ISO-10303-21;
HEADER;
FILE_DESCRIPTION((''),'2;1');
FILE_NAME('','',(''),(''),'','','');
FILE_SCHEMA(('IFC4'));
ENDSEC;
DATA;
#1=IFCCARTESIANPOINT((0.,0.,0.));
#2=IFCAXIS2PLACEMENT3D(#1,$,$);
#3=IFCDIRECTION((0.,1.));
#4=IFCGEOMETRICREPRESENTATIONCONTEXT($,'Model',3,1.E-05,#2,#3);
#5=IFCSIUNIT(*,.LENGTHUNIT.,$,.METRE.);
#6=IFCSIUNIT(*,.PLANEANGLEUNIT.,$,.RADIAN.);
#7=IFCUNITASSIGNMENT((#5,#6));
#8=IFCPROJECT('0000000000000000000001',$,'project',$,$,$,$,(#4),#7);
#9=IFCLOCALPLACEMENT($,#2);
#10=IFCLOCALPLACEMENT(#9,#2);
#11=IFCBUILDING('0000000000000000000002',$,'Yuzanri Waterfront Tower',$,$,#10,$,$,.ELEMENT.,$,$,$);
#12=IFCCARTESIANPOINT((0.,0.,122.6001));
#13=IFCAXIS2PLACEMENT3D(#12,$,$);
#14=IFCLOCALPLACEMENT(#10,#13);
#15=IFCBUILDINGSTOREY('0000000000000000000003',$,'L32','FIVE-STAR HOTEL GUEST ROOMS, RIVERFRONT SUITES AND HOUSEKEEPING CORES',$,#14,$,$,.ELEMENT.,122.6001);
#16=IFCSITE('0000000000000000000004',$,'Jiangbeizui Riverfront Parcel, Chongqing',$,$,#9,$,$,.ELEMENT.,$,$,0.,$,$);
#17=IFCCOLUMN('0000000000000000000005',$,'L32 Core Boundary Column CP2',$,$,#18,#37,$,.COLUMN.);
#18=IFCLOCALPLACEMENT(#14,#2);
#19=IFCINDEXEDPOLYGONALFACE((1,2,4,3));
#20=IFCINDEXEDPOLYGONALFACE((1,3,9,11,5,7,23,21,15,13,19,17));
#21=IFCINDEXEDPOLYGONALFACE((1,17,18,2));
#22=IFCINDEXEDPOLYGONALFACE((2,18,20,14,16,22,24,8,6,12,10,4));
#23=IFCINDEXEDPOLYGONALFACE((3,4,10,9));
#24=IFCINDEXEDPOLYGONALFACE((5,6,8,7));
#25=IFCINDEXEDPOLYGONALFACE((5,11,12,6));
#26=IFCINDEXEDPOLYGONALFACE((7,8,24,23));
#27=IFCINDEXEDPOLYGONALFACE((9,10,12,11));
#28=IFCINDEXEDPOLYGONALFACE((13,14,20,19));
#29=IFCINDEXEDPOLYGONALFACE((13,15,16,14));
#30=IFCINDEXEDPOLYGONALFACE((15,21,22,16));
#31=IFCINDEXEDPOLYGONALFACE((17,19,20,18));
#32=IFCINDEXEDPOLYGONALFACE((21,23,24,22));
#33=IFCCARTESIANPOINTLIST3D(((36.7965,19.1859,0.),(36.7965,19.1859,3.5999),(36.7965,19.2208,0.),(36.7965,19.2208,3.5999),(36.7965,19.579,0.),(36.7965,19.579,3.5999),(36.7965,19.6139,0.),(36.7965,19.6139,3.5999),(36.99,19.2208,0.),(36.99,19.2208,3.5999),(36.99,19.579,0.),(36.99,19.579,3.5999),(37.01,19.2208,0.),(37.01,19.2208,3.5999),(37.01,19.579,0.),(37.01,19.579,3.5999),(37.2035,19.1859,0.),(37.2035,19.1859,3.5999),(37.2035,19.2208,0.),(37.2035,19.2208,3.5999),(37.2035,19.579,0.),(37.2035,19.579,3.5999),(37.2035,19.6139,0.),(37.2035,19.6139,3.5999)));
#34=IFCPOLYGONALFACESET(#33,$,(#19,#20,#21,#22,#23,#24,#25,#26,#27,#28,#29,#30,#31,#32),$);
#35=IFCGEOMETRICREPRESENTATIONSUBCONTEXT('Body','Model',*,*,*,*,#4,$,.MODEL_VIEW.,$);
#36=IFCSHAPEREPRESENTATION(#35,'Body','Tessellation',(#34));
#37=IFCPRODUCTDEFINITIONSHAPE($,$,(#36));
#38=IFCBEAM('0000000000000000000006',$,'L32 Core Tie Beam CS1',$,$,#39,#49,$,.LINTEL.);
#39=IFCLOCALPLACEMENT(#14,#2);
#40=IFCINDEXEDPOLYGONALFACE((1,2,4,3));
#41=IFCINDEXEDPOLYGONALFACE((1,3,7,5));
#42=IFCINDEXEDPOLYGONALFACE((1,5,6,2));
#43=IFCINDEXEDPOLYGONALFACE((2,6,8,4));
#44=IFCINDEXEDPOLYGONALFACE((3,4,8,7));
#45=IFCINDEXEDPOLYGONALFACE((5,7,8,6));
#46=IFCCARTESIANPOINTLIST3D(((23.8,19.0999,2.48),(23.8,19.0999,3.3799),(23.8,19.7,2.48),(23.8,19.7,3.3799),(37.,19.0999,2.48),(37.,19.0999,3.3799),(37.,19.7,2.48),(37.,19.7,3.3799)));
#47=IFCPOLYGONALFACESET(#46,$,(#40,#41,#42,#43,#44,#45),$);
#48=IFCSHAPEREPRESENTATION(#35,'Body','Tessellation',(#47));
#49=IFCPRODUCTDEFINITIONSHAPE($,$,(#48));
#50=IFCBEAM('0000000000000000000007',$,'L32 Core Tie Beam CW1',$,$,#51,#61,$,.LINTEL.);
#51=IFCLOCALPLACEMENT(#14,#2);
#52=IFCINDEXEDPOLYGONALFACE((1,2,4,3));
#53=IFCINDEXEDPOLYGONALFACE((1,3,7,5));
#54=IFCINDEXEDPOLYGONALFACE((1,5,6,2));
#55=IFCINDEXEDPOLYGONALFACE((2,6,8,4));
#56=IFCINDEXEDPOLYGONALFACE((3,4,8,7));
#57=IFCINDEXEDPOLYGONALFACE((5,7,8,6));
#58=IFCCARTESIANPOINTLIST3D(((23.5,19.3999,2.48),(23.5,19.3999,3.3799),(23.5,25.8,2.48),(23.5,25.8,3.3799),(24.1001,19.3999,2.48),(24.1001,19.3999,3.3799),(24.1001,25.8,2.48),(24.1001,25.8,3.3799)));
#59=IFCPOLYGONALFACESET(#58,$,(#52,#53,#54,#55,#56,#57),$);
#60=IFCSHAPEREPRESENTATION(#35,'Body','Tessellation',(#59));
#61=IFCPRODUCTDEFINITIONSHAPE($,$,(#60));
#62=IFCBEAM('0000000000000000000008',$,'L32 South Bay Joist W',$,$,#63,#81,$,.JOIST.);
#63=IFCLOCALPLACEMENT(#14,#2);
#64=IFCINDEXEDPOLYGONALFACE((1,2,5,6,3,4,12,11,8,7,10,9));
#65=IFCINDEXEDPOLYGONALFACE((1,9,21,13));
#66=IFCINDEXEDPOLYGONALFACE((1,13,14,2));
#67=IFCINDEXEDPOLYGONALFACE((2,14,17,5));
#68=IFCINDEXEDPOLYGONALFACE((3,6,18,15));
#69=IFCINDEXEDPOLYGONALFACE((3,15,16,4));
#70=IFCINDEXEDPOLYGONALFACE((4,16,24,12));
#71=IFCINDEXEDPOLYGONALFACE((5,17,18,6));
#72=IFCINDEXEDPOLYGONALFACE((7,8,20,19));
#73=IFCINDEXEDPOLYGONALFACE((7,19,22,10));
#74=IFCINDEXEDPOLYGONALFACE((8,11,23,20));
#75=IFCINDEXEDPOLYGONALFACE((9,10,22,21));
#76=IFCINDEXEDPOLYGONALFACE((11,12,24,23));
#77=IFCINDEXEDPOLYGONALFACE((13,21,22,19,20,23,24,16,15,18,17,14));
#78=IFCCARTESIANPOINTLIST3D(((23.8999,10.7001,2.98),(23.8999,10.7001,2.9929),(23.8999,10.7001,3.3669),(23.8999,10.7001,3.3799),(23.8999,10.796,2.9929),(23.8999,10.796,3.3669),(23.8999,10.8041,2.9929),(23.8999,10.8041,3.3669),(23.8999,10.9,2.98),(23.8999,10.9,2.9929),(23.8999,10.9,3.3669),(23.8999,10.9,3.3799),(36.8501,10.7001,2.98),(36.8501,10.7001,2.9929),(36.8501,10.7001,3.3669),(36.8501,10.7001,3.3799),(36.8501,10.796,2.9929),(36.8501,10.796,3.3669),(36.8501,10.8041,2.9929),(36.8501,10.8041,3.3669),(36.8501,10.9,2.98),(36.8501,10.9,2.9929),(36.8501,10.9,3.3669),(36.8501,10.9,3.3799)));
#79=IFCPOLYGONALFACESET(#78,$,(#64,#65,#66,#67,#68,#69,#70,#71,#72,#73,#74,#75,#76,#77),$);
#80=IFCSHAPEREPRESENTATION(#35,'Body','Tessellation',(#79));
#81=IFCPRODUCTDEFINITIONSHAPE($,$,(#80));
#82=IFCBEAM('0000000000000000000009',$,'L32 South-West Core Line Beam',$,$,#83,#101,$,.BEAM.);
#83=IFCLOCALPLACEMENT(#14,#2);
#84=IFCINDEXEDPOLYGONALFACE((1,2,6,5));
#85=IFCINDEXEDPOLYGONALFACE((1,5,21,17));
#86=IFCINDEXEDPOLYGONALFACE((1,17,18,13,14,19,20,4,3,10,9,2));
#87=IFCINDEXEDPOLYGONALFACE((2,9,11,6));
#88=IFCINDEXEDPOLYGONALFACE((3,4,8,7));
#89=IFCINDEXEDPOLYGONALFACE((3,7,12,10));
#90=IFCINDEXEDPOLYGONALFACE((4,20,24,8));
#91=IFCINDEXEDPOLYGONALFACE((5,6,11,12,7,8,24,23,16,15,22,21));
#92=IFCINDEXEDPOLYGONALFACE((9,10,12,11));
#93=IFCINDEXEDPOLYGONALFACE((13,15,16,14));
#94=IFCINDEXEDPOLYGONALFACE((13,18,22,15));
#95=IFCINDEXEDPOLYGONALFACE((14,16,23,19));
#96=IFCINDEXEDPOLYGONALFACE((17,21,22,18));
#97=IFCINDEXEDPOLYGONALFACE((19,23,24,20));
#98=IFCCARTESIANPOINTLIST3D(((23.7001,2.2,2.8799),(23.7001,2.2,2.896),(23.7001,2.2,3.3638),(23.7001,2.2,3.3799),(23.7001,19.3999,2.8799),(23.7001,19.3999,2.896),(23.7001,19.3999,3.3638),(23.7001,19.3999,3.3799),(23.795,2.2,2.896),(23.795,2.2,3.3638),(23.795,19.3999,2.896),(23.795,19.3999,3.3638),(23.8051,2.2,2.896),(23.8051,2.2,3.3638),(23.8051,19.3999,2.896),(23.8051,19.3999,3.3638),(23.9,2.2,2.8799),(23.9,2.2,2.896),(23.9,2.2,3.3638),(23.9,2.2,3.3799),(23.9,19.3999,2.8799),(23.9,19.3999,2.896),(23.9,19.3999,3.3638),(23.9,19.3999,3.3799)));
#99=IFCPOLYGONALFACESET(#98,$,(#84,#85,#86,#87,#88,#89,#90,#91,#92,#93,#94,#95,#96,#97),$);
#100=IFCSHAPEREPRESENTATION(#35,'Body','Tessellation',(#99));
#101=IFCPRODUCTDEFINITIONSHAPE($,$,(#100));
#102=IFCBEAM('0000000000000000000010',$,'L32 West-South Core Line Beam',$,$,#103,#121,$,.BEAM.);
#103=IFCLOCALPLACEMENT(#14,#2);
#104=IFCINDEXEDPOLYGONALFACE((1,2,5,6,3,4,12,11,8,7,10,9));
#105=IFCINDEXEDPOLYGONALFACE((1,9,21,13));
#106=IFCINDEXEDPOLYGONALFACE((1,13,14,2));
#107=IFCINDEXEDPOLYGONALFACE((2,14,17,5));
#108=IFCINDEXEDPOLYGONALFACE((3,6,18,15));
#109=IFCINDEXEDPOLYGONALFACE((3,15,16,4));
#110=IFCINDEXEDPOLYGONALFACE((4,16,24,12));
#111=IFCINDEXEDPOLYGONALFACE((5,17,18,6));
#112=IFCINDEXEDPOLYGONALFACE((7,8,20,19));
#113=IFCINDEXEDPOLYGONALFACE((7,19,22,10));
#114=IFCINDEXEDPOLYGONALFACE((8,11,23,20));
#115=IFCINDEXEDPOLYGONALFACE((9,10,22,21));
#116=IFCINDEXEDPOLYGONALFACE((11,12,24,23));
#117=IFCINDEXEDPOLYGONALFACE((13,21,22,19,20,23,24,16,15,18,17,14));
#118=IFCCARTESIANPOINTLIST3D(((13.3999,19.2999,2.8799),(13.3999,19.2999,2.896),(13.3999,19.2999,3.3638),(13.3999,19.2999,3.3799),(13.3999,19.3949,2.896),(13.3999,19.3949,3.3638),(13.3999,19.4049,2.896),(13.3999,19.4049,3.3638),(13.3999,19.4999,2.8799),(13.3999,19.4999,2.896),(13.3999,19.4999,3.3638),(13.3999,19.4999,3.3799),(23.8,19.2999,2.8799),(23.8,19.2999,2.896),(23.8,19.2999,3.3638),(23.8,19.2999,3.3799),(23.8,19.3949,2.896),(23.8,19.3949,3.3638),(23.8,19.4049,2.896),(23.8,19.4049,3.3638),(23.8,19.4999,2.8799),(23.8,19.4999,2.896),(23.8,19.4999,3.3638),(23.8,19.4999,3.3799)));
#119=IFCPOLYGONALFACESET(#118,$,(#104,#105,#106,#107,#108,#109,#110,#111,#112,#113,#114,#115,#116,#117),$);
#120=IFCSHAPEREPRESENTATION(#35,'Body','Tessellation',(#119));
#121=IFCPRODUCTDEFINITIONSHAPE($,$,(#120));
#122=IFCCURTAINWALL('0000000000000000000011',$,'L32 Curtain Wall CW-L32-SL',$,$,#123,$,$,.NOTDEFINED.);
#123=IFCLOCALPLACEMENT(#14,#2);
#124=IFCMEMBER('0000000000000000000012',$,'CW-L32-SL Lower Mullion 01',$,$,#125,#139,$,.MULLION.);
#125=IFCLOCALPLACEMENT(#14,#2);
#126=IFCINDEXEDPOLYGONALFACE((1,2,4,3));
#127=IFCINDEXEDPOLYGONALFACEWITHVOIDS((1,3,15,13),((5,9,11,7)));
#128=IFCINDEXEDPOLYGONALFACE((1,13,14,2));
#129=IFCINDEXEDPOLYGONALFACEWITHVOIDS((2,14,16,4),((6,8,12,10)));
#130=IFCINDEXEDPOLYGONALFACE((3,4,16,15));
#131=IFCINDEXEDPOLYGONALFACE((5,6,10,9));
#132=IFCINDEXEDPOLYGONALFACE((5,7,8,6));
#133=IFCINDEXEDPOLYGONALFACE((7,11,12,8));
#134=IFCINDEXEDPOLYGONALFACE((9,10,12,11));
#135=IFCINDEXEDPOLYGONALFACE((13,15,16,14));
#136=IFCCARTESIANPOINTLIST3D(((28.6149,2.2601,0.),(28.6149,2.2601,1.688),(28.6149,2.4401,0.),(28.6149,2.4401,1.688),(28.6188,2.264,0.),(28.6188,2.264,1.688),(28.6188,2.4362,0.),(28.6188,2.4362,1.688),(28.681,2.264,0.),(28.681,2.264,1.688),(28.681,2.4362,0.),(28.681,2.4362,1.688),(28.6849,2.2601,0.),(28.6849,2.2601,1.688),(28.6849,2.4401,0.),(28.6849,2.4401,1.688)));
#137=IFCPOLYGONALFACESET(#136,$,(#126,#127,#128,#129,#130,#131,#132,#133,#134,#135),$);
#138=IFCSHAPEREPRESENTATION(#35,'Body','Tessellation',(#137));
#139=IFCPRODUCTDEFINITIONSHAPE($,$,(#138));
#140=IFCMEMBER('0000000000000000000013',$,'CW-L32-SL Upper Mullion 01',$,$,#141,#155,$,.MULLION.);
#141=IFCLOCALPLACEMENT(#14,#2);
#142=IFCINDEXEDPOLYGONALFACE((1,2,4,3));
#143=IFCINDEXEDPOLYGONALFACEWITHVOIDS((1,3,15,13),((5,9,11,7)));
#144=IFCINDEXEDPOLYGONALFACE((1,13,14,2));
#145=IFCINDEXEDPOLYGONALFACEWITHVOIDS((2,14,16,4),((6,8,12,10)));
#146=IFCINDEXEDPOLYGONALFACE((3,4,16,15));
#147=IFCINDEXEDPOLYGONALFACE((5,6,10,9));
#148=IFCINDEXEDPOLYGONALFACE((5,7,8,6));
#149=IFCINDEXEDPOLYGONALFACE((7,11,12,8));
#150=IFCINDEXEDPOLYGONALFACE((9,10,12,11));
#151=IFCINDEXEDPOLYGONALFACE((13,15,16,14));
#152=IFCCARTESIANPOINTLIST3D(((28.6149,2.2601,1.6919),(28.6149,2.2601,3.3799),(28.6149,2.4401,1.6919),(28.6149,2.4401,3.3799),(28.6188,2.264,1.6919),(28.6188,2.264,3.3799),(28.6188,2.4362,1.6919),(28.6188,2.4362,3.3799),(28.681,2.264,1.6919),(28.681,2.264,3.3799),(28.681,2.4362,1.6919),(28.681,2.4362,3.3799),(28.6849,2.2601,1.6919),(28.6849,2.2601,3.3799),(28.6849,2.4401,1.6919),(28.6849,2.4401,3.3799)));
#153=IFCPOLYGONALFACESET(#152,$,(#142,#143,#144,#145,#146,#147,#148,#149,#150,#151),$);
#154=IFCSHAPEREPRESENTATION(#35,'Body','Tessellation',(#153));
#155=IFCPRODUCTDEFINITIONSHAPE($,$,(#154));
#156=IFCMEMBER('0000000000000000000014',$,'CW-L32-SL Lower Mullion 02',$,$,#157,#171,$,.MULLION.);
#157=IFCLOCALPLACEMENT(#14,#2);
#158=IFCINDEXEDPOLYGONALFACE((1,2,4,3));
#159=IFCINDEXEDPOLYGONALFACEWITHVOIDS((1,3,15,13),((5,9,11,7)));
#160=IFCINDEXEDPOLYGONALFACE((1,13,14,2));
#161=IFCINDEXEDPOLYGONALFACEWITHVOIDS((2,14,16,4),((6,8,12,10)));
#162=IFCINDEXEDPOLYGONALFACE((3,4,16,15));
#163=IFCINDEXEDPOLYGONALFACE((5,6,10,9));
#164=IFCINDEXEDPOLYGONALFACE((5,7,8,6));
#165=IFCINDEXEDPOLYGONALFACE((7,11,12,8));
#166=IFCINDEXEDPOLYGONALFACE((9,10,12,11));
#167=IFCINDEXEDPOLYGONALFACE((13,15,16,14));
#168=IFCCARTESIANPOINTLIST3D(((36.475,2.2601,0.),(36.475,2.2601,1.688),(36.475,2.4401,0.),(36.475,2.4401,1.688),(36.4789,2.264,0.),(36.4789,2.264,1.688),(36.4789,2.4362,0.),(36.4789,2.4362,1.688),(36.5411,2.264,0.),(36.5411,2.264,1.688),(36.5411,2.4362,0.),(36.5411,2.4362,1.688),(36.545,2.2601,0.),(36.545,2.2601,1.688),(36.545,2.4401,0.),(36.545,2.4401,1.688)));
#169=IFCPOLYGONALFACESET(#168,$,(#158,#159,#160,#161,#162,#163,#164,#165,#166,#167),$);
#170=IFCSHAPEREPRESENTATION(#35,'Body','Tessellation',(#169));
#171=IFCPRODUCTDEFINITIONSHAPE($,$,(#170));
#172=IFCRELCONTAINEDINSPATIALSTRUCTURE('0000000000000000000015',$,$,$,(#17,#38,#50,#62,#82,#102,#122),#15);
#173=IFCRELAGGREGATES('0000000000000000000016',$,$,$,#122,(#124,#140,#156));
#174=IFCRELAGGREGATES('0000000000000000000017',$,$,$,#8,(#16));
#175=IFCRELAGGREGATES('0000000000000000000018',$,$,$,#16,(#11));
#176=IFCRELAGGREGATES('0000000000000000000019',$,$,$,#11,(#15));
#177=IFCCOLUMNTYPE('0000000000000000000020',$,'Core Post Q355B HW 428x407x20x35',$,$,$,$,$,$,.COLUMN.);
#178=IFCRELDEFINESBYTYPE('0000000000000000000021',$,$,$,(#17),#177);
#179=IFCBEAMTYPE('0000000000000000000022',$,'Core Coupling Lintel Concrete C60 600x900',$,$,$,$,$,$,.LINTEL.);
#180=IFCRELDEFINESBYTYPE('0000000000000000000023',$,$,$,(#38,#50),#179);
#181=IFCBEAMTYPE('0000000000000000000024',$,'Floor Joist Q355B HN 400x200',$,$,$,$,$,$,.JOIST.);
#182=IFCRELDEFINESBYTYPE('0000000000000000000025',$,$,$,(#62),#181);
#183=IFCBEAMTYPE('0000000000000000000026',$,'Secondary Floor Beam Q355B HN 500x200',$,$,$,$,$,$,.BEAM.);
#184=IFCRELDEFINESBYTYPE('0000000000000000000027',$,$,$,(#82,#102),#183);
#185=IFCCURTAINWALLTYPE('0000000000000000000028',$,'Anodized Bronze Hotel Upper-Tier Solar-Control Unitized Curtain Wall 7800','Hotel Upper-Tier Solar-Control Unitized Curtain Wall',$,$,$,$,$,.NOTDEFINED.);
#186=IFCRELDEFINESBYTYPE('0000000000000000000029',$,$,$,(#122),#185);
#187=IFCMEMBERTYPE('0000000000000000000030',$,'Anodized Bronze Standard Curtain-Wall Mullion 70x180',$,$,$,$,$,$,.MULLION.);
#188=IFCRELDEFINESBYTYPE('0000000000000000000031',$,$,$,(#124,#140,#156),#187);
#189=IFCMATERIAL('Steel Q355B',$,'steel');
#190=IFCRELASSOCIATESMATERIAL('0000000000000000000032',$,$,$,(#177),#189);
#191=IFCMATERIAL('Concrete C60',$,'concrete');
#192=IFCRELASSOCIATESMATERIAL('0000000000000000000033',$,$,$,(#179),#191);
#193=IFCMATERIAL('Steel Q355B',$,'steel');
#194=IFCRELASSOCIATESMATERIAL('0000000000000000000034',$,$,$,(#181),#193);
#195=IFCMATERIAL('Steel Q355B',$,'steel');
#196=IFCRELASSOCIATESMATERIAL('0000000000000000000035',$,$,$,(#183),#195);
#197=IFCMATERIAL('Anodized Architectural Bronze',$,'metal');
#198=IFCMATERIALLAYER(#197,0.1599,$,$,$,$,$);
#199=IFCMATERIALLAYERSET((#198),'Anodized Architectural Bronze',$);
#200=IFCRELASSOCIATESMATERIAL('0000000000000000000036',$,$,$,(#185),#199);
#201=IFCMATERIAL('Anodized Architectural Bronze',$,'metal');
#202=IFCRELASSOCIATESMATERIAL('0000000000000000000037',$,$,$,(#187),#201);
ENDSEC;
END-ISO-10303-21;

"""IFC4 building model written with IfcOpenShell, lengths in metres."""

from ifc_helpers import new_model, si_unit, direction, frame, origin, origin_2d, place, context, subcontext, project, spatial, rectangle, hollow_rectangle, i_section, extrude, source, transform, mapped, material, layer, layer_set, material_profile, profile_set, type_object, element, aggregate, save


model = new_model("IFC4")

# Units and contexts
model_context = context("Model", 3, precision=1e-05, world=origin(), true_north=direction((0.0, 1.0)))
body_context = subcontext(model_context, "Body", "Model", "MODEL_VIEW")
ifc_project = project(units=[si_unit("LENGTHUNIT", "METRE"), si_unit("PLANEANGLEUNIT", "RADIAN")], contexts=[model_context])

# Site, building, storey
site_placement = place(None, origin())
site = spatial("IfcSite", under=ifc_project, at=site_placement, Name="Jiangbeizui Riverfront Parcel, Chongqing", CompositionType="ELEMENT", RefElevation=0.0)
building_placement = place(site_placement, origin())
building = spatial("IfcBuilding", under=site, at=building_placement, Name="Yuzanri Waterfront Tower", CompositionType="ELEMENT")
storey_placement = place(building_placement, frame((0.0, 0.0, 122.6001)))
storey = spatial("IfcBuildingStorey", under=building, at=storey_placement, Name="L32", Description="FIVE-STAR HOTEL GUEST ROOMS, RIVERFRONT SUITES AND HOUSEKEEPING CORES", CompositionType="ELEMENT", Elevation=122.6001)

# Column
ifc_material_1 = material(Name="Steel Q355B", Category="steel")
ifc_material_profile_1 = material_profile(ifc_material_1, i_section(OverallWidth=0.407, OverallDepth=0.428, WebThickness=0.02, FlangeThickness=0.0349, at=origin_2d()), Name="HW 428x407x20x35")
ifc_profile_set_1 = profile_set([ifc_material_profile_1], Name="Steel Q355B")
column_type = type_object("IfcColumnType", Name="Core Post Q355B HW 428x407x20x35", PredefinedType="COLUMN", material=ifc_profile_set_1)
shared_shape_1 = source(origin(), body_context, "Body", "SweptSolid", [
    extrude(i_section(OverallWidth=0.407, OverallDepth=0.428, WebThickness=0.02, FlangeThickness=0.0349, at=origin_2d()), origin(), (0.0, 0.0, 1.0), 3.5999),
])
column_placement = place(storey_placement, frame((37.0, 19.3999, 0.0), z_axis=(0.0, 0.0, 1.0), x_axis=(1.0, 0.0, 0.0)))
element("IfcColumn", 1, at=column_placement, inside=storey, type_object=column_type, Name="L32 Core Boundary Column CP2", PredefinedType="COLUMN", context=body_context, shape_type="MappedRepresentation", body=[
    mapped(shared_shape_1, transform((0.0, 0.0, 0.0), scale=1.0)),
])

# Beams
ifc_material_2 = material(Name="Concrete C60", Category="concrete")
ifc_material_profile_2 = material_profile(ifc_material_2, rectangle(XDim=0.6001, YDim=0.8999, at=origin_2d()), Name="RC 600x900")
ifc_profile_set_2 = profile_set([ifc_material_profile_2], Name="Concrete C60")
beam_type_1 = type_object("IfcBeamType", Name="Core Coupling Lintel Concrete C60 600x900", PredefinedType="LINTEL", material=ifc_profile_set_2)
shared_shape_2 = source(origin(), body_context, "Body", "SweptSolid", [
    extrude(rectangle(XDim=0.6001, YDim=0.8999, at=origin_2d()), origin(), (0.0, 0.0, 1.0), 13.2),
])
beam_1_placement = place(storey_placement, frame((23.8, 19.3999, 2.9299), z_axis=(1.0, 0.0, 0.0), x_axis=(0.0, 1.0, 0.0)))
element("IfcBeam", 2, at=beam_1_placement, inside=storey, type_object=beam_type_1, Name="L32 Core Tie Beam CS1", PredefinedType="LINTEL", context=body_context, shape_type="MappedRepresentation", body=[
    mapped(shared_shape_2, transform((0.0, 0.0, 0.0), scale=1.0)),
])
shared_shape_3 = source(origin(), body_context, "Body", "SweptSolid", [
    extrude(rectangle(XDim=0.6001, YDim=0.8999, at=origin_2d()), origin(), (0.0, 0.0, 1.0), 6.4001),
])
beam_2_placement = place(storey_placement, frame((23.8, 19.3999, 2.9299), z_axis=(0.0, 1.0, 0.0), x_axis=(-1.0, 0.0, 0.0)))
element("IfcBeam", 3, at=beam_2_placement, inside=storey, type_object=beam_type_1, Name="L32 Core Tie Beam CW1", PredefinedType="LINTEL", context=body_context, shape_type="MappedRepresentation", body=[
    mapped(shared_shape_3, transform((0.0, 0.0, 0.0), scale=1.0)),
])
ifc_material_3 = material(Name="Steel Q355B", Category="steel")
ifc_material_profile_3 = material_profile(ifc_material_3, i_section(OverallWidth=0.2, OverallDepth=0.3999, WebThickness=0.0081, FlangeThickness=0.0129, at=origin_2d()), Name="HN 400x200x8x13")
ifc_profile_set_3 = profile_set([ifc_material_profile_3], Name="Steel Q355B")
beam_type_2 = type_object("IfcBeamType", Name="Floor Joist Q355B HN 400x200", PredefinedType="JOIST", material=ifc_profile_set_3)
shared_shape_4 = source(origin(), body_context, "Body", "SweptSolid", [
    extrude(i_section(OverallWidth=0.2, OverallDepth=0.3999, WebThickness=0.0081, FlangeThickness=0.0129, at=origin_2d()), origin(), (0.0, 0.0, 1.0), 12.9502),
])
beam_3_placement = place(storey_placement, frame((23.8999, 10.8, 3.1799), z_axis=(1.0, 0.0, 0.0), x_axis=(0.0, 1.0, 0.0)))
element("IfcBeam", 4, at=beam_3_placement, inside=storey, type_object=beam_type_2, Name="L32 South Bay Joist W", PredefinedType="JOIST", context=body_context, shape_type="MappedRepresentation", body=[
    mapped(shared_shape_4, transform((0.0, 0.0, 0.0), scale=1.0)),
])
ifc_material_4 = material(Name="Steel Q355B", Category="steel")
ifc_material_profile_4 = material_profile(ifc_material_4, i_section(OverallWidth=0.2, OverallDepth=0.5, WebThickness=0.01, FlangeThickness=0.0161, at=origin_2d()), Name="HN 500x200x10x16")
ifc_profile_set_4 = profile_set([ifc_material_profile_4], Name="Steel Q355B")
beam_type_3 = type_object("IfcBeamType", Name="Secondary Floor Beam Q355B HN 500x200", PredefinedType="BEAM", material=ifc_profile_set_4)
shared_shape_5 = source(origin(), body_context, "Body", "SweptSolid", [
    extrude(i_section(OverallWidth=0.2, OverallDepth=0.5, WebThickness=0.01, FlangeThickness=0.0161, at=origin_2d()), origin(), (0.0, 0.0, 1.0), 17.2),
])
beam_4_placement = place(storey_placement, frame((23.8, 19.3999, 3.1299), z_axis=(0.0, -1.0, 0.0), x_axis=(1.0, 0.0, 0.0)))
element("IfcBeam", 5, at=beam_4_placement, inside=storey, type_object=beam_type_3, Name="L32 South-West Core Line Beam", PredefinedType="BEAM", context=body_context, shape_type="MappedRepresentation", body=[
    mapped(shared_shape_5, transform((0.0, 0.0, 0.0), scale=1.0)),
])
shared_shape_6 = source(origin(), body_context, "Body", "SweptSolid", [
    extrude(i_section(OverallWidth=0.2, OverallDepth=0.5, WebThickness=0.01, FlangeThickness=0.0161, at=origin_2d()), origin(), (0.0, 0.0, 1.0), 10.4001),
])
beam_5_placement = place(storey_placement, frame((23.8, 19.3999, 3.1299), z_axis=(-1.0, 0.0, 0.0), x_axis=(0.0, -1.0, 0.0)))
element("IfcBeam", 6, at=beam_5_placement, inside=storey, type_object=beam_type_3, Name="L32 West-South Core Line Beam", PredefinedType="BEAM", context=body_context, shape_type="MappedRepresentation", body=[
    mapped(shared_shape_6, transform((0.0, 0.0, 0.0), scale=1.0)),
])

# Curtain wall, members
ifc_material_5 = material(Name="Anodized Architectural Bronze", Category="metal")
ifc_layer_1 = layer(ifc_material_5, 0.1599)
ifc_layer_set_1 = layer_set([ifc_layer_1], Name="Anodized Architectural Bronze")
curtain_wall_type = type_object("IfcCurtainWallType", Name="Anodized Bronze Hotel Upper-Tier Solar-Control Unitized Curtain Wall 7800", Description="Hotel Upper-Tier Solar-Control Unitized Curtain Wall", PredefinedType="NOTDEFINED", material=ifc_layer_set_1)
curtain_wall_placement = place(storey_placement, origin())
curtain_wall = element("IfcCurtainWall", 7, at=curtain_wall_placement, inside=storey, type_object=curtain_wall_type, Name="L32 Curtain Wall CW-L32-SL", PredefinedType="NOTDEFINED")
ifc_material_6 = material(Name="Anodized Architectural Bronze", Category="metal")
ifc_material_profile_5 = material_profile(ifc_material_6, hollow_rectangle(XDim=0.0701, YDim=0.1799, WallThickness=0.0039, at=origin_2d()), Name="CWM 70x180")
ifc_profile_set_5 = profile_set([ifc_material_profile_5], Name="Anodized Architectural Bronze")
member_type = type_object("IfcMemberType", Name="Anodized Bronze Standard Curtain-Wall Mullion 70x180", PredefinedType="MULLION", material=ifc_profile_set_5)
shared_shape_7 = source(origin(), body_context, "Body", "SweptSolid", [
    extrude(hollow_rectangle(XDim=0.0701, YDim=0.1799, WallThickness=0.0039, at=origin_2d()), origin(), (0.0, 0.0, 1.0), 1.688),
])
member_1_placement = place(storey_placement, frame((28.6499, 2.3501, 0.0), z_axis=(0.0, 0.0, 1.0), x_axis=(1.0, 0.0, 0.0)))
member_1 = element("IfcMember", 8, at=member_1_placement, type_object=member_type, Name="CW-L32-SL Lower Mullion 01", PredefinedType="MULLION", context=body_context, shape_type="MappedRepresentation", body=[
    mapped(shared_shape_7, transform((0.0, 0.0, 0.0), scale=1.0)),
])
member_2_placement = place(storey_placement, frame((28.6499, 2.3501, 1.6919), z_axis=(0.0, 0.0, 1.0), x_axis=(1.0, 0.0, 0.0)))
member_2 = element("IfcMember", 9, at=member_2_placement, type_object=member_type, Name="CW-L32-SL Upper Mullion 01", PredefinedType="MULLION", context=body_context, shape_type="MappedRepresentation", body=[
    mapped(shared_shape_7, transform((0.0, 0.0, 0.0), scale=1.0)),
])
member_3_placement = place(storey_placement, frame((36.51, 2.3501, 0.0), z_axis=(0.0, 0.0, 1.0), x_axis=(1.0, 0.0, 0.0)))
member_3 = element("IfcMember", 10, at=member_3_placement, type_object=member_type, Name="CW-L32-SL Lower Mullion 02", PredefinedType="MULLION", context=body_context, shape_type="MappedRepresentation", body=[
    mapped(shared_shape_7, transform((0.0, 0.0, 0.0), scale=1.0)),
])
aggregate(curtain_wall, [member_1, member_2, member_3])

save(model, "model.ifc")
